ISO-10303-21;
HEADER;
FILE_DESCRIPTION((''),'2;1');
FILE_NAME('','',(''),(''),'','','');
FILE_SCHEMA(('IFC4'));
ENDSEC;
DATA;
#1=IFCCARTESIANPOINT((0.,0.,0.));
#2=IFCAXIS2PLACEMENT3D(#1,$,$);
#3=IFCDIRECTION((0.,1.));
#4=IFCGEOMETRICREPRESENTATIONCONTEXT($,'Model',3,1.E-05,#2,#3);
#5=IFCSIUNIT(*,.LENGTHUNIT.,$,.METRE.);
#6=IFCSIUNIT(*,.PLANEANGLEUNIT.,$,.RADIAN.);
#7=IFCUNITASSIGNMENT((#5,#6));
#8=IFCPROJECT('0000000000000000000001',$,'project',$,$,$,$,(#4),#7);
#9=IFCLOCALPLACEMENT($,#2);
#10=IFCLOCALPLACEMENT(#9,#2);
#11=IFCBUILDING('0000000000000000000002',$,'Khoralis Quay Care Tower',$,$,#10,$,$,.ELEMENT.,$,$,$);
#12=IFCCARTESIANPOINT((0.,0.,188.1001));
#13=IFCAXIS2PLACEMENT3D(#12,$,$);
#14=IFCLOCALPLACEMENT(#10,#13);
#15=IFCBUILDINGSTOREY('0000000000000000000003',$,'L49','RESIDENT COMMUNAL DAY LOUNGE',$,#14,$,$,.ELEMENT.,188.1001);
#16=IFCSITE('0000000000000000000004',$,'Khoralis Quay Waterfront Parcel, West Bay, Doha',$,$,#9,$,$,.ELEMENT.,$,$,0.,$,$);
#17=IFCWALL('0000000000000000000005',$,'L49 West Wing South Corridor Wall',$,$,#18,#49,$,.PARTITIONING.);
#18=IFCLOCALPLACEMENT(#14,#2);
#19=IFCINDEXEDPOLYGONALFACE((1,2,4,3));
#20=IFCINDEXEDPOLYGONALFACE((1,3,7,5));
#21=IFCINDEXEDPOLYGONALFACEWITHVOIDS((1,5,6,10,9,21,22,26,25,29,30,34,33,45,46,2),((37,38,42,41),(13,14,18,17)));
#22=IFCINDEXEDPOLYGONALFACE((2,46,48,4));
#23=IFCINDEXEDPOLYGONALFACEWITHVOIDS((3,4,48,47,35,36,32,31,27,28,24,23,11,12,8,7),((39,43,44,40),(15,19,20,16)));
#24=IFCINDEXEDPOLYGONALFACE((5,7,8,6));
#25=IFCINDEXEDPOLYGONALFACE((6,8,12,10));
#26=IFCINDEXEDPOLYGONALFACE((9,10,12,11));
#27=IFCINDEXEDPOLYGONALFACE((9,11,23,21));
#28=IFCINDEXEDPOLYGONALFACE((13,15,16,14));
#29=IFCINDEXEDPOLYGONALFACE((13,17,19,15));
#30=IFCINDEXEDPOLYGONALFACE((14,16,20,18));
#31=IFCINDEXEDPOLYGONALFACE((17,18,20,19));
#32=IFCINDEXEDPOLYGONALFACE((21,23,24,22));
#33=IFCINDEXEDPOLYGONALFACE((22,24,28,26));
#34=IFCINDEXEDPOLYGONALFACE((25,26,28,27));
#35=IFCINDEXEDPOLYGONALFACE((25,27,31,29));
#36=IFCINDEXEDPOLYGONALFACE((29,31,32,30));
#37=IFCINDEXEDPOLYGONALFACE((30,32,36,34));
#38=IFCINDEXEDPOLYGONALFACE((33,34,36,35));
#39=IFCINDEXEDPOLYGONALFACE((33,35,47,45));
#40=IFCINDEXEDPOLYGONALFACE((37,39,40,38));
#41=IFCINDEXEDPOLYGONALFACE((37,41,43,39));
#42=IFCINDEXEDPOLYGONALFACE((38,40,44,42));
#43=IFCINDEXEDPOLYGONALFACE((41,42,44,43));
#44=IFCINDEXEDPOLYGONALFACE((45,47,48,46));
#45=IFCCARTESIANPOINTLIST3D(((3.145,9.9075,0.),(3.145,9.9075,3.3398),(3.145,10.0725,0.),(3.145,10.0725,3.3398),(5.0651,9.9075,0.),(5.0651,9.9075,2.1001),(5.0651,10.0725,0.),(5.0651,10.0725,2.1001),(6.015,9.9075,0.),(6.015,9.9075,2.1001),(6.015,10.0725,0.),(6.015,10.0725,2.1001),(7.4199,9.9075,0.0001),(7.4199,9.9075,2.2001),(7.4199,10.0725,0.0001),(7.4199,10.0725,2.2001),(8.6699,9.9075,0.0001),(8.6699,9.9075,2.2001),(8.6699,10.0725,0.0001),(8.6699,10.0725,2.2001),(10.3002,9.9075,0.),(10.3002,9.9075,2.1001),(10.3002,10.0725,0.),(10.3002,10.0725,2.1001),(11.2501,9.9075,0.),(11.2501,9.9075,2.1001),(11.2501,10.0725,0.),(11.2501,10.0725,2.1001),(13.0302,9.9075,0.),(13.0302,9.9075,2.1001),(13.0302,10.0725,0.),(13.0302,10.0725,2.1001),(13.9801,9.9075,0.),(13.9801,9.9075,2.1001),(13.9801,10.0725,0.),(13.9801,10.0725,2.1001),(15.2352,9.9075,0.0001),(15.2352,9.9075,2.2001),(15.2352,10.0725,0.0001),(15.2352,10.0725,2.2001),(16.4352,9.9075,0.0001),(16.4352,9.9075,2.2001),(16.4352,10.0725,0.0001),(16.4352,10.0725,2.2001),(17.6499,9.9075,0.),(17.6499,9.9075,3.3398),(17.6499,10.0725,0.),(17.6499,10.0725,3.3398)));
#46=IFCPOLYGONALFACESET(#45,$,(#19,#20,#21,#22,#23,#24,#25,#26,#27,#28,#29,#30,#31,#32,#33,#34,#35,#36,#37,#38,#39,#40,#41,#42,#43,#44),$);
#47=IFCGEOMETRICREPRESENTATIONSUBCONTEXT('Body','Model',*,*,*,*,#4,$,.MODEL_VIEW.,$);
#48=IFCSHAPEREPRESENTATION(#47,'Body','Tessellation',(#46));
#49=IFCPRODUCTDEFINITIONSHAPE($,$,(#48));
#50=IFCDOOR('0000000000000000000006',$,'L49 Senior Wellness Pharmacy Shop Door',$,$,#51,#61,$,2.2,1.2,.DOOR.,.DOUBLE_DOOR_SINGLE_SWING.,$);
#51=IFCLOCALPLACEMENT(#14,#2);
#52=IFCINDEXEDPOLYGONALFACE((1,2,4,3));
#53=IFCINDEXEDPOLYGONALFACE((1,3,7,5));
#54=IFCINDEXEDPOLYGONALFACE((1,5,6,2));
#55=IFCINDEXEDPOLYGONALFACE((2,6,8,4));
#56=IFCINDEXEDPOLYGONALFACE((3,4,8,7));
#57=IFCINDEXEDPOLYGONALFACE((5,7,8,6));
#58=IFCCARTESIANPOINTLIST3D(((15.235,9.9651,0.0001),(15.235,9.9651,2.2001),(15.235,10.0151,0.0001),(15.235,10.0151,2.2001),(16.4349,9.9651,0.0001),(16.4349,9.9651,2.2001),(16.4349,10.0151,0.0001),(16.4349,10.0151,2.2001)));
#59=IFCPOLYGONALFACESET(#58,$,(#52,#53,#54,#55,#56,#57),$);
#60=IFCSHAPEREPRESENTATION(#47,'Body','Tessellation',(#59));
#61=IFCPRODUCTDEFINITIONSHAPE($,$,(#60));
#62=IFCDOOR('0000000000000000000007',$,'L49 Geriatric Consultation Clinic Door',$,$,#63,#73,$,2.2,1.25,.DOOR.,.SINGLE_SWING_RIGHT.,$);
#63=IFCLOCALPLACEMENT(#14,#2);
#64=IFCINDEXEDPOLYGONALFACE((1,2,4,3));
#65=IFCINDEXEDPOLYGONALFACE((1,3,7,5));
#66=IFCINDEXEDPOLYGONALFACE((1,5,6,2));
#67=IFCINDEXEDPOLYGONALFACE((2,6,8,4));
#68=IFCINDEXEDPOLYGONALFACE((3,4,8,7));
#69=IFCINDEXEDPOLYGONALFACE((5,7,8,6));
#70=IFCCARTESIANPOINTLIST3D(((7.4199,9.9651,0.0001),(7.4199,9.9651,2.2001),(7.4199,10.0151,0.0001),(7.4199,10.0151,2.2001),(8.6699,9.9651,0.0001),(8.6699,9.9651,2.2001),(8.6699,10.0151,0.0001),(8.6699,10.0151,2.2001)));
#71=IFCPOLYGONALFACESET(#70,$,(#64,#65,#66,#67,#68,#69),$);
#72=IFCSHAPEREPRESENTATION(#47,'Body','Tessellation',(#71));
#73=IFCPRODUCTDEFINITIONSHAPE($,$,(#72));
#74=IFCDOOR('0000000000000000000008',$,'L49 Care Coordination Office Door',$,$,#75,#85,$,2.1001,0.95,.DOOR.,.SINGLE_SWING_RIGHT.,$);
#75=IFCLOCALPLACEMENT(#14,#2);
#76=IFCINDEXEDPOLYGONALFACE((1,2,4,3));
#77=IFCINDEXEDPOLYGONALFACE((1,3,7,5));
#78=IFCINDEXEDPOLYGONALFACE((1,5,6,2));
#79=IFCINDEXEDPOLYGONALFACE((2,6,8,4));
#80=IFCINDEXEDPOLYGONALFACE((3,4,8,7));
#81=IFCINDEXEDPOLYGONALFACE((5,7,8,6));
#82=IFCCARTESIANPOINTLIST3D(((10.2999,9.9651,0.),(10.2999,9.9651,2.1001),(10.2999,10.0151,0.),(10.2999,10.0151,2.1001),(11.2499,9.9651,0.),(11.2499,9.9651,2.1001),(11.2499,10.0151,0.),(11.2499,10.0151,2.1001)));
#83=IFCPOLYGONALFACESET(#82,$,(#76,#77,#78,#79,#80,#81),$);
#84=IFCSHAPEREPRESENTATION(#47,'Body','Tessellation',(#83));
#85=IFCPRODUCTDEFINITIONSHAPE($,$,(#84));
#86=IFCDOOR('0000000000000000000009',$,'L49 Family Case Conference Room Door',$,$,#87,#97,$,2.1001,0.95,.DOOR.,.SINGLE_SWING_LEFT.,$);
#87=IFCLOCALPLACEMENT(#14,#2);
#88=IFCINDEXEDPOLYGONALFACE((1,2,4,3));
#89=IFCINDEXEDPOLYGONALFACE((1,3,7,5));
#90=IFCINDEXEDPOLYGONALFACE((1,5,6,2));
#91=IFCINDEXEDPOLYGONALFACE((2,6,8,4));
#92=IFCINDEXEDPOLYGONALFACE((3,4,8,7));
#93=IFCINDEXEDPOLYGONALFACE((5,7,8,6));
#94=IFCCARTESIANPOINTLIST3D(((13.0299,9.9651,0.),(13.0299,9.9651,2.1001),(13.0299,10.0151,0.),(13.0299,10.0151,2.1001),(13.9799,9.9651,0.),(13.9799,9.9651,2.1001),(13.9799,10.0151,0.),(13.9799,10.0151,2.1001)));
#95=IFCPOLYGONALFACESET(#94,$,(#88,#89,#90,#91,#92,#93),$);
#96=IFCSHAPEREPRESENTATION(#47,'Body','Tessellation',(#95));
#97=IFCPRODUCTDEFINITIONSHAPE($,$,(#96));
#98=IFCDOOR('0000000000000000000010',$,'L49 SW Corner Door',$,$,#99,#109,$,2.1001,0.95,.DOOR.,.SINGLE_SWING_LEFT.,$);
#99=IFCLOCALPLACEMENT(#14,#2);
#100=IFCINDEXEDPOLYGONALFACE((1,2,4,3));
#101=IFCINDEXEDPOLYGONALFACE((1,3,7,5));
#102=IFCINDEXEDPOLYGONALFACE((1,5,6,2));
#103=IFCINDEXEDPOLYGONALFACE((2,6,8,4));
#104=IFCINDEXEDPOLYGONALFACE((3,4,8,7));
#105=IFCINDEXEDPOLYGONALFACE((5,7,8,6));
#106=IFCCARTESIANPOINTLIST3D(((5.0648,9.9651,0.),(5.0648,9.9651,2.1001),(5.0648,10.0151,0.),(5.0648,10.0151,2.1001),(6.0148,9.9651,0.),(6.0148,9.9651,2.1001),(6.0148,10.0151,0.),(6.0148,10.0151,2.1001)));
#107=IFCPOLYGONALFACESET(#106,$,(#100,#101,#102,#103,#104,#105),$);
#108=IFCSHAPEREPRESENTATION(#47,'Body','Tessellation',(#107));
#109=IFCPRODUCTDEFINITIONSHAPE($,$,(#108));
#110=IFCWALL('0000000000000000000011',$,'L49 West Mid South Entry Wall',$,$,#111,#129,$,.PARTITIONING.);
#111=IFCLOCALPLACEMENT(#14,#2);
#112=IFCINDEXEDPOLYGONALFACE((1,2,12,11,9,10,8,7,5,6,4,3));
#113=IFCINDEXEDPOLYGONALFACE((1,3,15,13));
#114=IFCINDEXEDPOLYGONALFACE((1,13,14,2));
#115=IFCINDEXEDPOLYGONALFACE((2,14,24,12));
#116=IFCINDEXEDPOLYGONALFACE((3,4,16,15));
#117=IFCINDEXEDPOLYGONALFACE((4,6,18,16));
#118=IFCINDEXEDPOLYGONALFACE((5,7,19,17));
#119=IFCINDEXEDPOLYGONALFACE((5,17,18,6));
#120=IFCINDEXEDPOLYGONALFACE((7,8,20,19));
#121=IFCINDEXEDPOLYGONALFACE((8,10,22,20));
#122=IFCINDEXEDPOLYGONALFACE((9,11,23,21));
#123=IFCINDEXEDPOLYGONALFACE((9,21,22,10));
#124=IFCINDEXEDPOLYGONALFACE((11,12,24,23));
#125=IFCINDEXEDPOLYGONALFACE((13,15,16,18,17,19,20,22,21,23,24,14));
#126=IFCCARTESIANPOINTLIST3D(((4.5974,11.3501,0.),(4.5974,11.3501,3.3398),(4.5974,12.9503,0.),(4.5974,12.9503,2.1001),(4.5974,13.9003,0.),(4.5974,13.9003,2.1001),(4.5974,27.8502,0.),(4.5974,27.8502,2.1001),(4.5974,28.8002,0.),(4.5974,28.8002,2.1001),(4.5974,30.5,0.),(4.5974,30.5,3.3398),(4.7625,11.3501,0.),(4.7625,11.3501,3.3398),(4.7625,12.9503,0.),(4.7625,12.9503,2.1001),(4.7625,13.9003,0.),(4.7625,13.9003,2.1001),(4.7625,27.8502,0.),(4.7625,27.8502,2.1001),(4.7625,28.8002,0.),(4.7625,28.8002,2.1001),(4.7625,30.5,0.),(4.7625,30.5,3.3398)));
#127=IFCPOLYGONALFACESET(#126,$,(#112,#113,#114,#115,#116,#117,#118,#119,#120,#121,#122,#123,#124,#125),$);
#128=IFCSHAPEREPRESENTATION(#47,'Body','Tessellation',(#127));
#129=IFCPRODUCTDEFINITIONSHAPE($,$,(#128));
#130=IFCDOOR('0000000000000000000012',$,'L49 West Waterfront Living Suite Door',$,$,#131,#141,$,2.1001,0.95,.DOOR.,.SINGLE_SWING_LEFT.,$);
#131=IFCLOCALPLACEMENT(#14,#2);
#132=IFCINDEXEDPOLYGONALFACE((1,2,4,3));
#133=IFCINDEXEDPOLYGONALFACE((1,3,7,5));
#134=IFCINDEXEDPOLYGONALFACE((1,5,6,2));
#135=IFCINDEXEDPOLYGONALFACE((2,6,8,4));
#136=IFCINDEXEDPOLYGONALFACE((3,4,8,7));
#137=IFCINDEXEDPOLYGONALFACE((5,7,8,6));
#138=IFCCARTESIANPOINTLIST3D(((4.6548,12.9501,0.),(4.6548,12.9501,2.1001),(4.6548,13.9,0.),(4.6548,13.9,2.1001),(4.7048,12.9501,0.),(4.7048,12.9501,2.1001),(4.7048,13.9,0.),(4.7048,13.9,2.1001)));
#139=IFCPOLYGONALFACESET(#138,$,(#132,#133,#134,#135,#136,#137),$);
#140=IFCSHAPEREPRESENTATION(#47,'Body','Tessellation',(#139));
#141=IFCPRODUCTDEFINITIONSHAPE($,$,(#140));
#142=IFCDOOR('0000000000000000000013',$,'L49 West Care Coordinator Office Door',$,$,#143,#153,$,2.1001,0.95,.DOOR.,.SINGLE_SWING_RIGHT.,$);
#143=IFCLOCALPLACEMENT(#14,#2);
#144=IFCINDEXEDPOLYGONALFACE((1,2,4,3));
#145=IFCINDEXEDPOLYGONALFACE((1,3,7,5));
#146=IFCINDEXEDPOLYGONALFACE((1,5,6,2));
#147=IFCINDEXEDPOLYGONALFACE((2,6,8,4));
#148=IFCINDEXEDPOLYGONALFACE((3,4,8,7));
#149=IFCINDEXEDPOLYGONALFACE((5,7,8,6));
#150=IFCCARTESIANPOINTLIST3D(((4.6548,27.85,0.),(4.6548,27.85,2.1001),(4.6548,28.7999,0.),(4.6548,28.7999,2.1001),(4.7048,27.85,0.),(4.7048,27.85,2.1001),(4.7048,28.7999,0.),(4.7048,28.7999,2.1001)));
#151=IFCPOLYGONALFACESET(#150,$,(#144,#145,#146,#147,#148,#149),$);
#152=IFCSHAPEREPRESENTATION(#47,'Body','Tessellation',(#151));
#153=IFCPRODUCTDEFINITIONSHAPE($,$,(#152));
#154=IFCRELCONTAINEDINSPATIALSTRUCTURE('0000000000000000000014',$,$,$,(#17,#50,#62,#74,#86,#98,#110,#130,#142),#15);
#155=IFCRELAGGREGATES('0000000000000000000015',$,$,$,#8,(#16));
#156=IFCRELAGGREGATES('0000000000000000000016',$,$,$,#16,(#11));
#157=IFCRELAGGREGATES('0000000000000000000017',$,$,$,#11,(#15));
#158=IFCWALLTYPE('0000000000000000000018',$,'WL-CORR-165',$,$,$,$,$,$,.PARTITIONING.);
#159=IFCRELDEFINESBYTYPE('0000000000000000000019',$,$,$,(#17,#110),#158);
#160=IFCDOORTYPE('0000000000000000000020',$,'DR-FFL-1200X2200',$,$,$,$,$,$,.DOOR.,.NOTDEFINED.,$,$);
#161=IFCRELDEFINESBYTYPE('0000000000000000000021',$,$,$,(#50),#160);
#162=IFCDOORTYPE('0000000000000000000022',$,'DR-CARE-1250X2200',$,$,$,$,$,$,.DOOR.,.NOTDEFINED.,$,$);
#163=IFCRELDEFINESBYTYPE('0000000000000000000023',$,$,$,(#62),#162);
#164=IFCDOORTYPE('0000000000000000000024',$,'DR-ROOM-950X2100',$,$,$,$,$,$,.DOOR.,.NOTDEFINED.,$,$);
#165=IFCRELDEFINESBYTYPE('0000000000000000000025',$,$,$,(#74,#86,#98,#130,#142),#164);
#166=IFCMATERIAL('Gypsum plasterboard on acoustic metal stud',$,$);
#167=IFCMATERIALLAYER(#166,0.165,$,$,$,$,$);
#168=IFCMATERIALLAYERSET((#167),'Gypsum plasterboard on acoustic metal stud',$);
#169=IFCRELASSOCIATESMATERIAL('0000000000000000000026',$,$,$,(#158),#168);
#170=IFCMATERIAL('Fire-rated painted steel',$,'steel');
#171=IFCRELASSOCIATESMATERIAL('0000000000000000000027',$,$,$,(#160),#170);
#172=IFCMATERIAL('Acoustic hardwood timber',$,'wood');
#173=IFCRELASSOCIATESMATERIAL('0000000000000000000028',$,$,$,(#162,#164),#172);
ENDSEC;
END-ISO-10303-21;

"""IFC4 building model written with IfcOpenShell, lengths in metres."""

from ifc_helpers import new_model, si_unit, direction, frame, frame_2d, origin, place, context, subcontext, project, spatial, rectangle, extrude, source, transform, mapped, material, layer, layer_set, type_object, element, fill, save


model = new_model("IFC4")

# Units and contexts
model_context = context("Model", 3, precision=1e-05, world=origin(), true_north=direction((0.0, 1.0)))
body_context = subcontext(model_context, "Body", "Model", "MODEL_VIEW")
ifc_project = project(units=[si_unit("LENGTHUNIT", "METRE"), si_unit("PLANEANGLEUNIT", "RADIAN")], contexts=[model_context])

# Site, building, storey
site_placement = place(None, origin())
site = spatial("IfcSite", under=ifc_project, at=site_placement, Name="Khoralis Quay Waterfront Parcel, West Bay, Doha", CompositionType="ELEMENT", RefElevation=0.0)
building_placement = place(site_placement, origin())
building = spatial("IfcBuilding", under=site, at=building_placement, Name="Khoralis Quay Care Tower", CompositionType="ELEMENT")
storey_placement = place(building_placement, frame((0.0, 0.0, 188.1001)))
storey = spatial("IfcBuildingStorey", under=building, at=storey_placement, Name="L49", Description="RESIDENT COMMUNAL DAY LOUNGE", CompositionType="ELEMENT", Elevation=188.1001)

# Walls, openings, doors
ifc_material_1 = material(Name="Gypsum plasterboard on acoustic metal stud")
ifc_layer_1 = layer(ifc_material_1, 0.165)
ifc_layer_set_1 = layer_set([ifc_layer_1], Name="Gypsum plasterboard on acoustic metal stud")
wall_type_1 = type_object("IfcWallType", Name="WL-CORR-165", PredefinedType="PARTITIONING", material=ifc_layer_set_1)
wall_1_placement = place(storey_placement, frame((3.145, 9.99, 0.0), z_axis=(0.0, 0.0, 1.0), x_axis=(1.0, 0.0, 0.0)))
wall_1 = element("IfcWall", 1, at=wall_1_placement, inside=storey, type_object=wall_type_1, Name="L49 West Wing South Corridor Wall", PredefinedType="PARTITIONING", context=body_context, shape_type="SweptSolid", body=[
    extrude(rectangle(XDim=14.5049, YDim=0.165, at=frame_2d((7.2524, 0.0))), origin(), (0.0, 0.0, 1.0), 3.3398),
])
opening_1_placement = place(wall_1_placement, frame((4.2749, 0.0, 0.0)))
opening_1 = element("IfcOpeningElement", 2, at=opening_1_placement, cuts=wall_1, PredefinedType="OPENING", context=body_context, shape_type="SweptSolid", body=[
    extrude(rectangle(XDim=1.25, YDim=2.2, at=frame_2d((0.625, 1.1001))), frame((0.0, 0.0925, 0.0), z_axis=(0.0, -1.0, 0.0), x_axis=(1.0, 0.0, 0.0)), (0.0, 0.0, 1.0), 0.1851),
])
opening_2_placement = place(wall_1_placement, frame((7.155, 0.0, 0.0)))
opening_2 = element("IfcOpeningElement", 3, at=opening_2_placement, cuts=wall_1, PredefinedType="OPENING", context=body_context, shape_type="SweptSolid", body=[
    extrude(rectangle(XDim=0.95, YDim=2.1001, at=frame_2d((0.4751, 1.05))), frame((0.0, 0.0925, 0.0), z_axis=(0.0, -1.0, 0.0), x_axis=(1.0, 0.0, 0.0)), (0.0, 0.0, 1.0), 0.1851),
])
opening_3_placement = place(wall_1_placement, frame((9.885, 0.0, 0.0)))
opening_3 = element("IfcOpeningElement", 4, at=opening_3_placement, cuts=wall_1, PredefinedType="OPENING", context=body_context, shape_type="SweptSolid", body=[
    extrude(rectangle(XDim=0.95, YDim=2.1001, at=frame_2d((0.4751, 1.05))), frame((0.0, 0.0925, 0.0), z_axis=(0.0, -1.0, 0.0), x_axis=(1.0, 0.0, 0.0)), (0.0, 0.0, 1.0), 0.1851),
])
opening_4_placement = place(wall_1_placement, frame((12.0901, 0.0, 0.0)))
opening_4 = element("IfcOpeningElement", 5, at=opening_4_placement, cuts=wall_1, PredefinedType="OPENING", context=body_context, shape_type="SweptSolid", body=[
    extrude(rectangle(XDim=1.2, YDim=2.2, at=frame_2d((0.6001, 1.1001))), frame((0.0, 0.0925, 0.0), z_axis=(0.0, -1.0, 0.0), x_axis=(1.0, 0.0, 0.0)), (0.0, 0.0, 1.0), 0.1851),
])
opening_5_placement = place(wall_1_placement, frame((1.9199, 0.0, 0.0)))
opening_5 = element("IfcOpeningElement", 6, at=opening_5_placement, cuts=wall_1, PredefinedType="OPENING", context=body_context, shape_type="SweptSolid", body=[
    extrude(rectangle(XDim=0.95, YDim=2.1001, at=frame_2d((0.4751, 1.05))), frame((0.0, 0.0925, 0.0), z_axis=(0.0, -1.0, 0.0), x_axis=(1.0, 0.0, 0.0)), (0.0, 0.0, 1.0), 0.1851),
])
ifc_material_2 = material(Name="Fire-rated painted steel", Category="steel")
door_type_1 = type_object("IfcDoorType", Name="DR-FFL-1200X2200", OperationType="NOTDEFINED", PredefinedType="DOOR", material=ifc_material_2)
shared_shape_1 = source(origin(), body_context, "Body", "SweptSolid", [
    extrude(rectangle(XDim=1.2, YDim=2.2, at=frame_2d((0.6001, 1.1001))), frame((0.0, 0.0249, 0.0), z_axis=(0.0, -1.0, 0.0), x_axis=(1.0, 0.0, 0.0)), (0.0, 0.0, 1.0), 0.05),
])
door_1_placement = place(opening_4_placement, frame((1.2, 0.0, 0.0), z_axis=(0.0, 0.0, 1.0), x_axis=(-1.0, 0.0, 0.0)))
door_1 = element("IfcDoor", 7, at=door_1_placement, inside=storey, type_object=door_type_1, Name="L49 Senior Wellness Pharmacy Shop Door", OperationType="DOUBLE_DOOR_SINGLE_SWING", OverallHeight=2.2, OverallWidth=1.2, PredefinedType="DOOR", context=body_context, shape_type="MappedRepresentation", body=[
    mapped(shared_shape_1, transform((0.0, 0.0, 0.0), scale=1.0)),
])
fill(opening_4, door_1)
ifc_material_3 = material(Name="Acoustic hardwood timber", Category="wood")
door_type_2 = type_object("IfcDoorType", Name="DR-CARE-1250X2200", OperationType="NOTDEFINED", PredefinedType="DOOR", material=ifc_material_3)
shared_shape_2 = source(origin(), body_context, "Body", "SweptSolid", [
    extrude(rectangle(XDim=1.25, YDim=2.2, at=frame_2d((0.625, 1.1001))), frame((0.0, 0.0249, 0.0), z_axis=(0.0, -1.0, 0.0), x_axis=(1.0, 0.0, 0.0)), (0.0, 0.0, 1.0), 0.05),
])
door_2_placement = place(opening_1_placement, frame((1.25, 0.0, 0.0), z_axis=(0.0, 0.0, 1.0), x_axis=(-1.0, 0.0, 0.0)))
door_2 = element("IfcDoor", 8, at=door_2_placement, inside=storey, type_object=door_type_2, Name="L49 Geriatric Consultation Clinic Door", OperationType="SINGLE_SWING_RIGHT", OverallHeight=2.2, OverallWidth=1.25, PredefinedType="DOOR", context=body_context, shape_type="MappedRepresentation", body=[
    mapped(shared_shape_2, transform((0.0, 0.0, 0.0), scale=1.0)),
])
fill(opening_1, door_2)
door_type_3 = type_object("IfcDoorType", Name="DR-ROOM-950X2100", OperationType="NOTDEFINED", PredefinedType="DOOR", material=ifc_material_3)
shared_shape_3 = source(origin(), body_context, "Body", "SweptSolid", [
    extrude(rectangle(XDim=0.95, YDim=2.1001, at=frame_2d((0.4751, 1.05))), frame((0.0, 0.0249, 0.0), z_axis=(0.0, -1.0, 0.0), x_axis=(1.0, 0.0, 0.0)), (0.0, 0.0, 1.0), 0.05),
])
door_3_placement = place(opening_2_placement, frame((0.95, 0.0, 0.0), z_axis=(0.0, 0.0, 1.0), x_axis=(-1.0, 0.0, 0.0)))
door_3 = element("IfcDoor", 9, at=door_3_placement, inside=storey, type_object=door_type_3, Name="L49 Care Coordination Office Door", OperationType="SINGLE_SWING_RIGHT", OverallHeight=2.1001, OverallWidth=0.95, PredefinedType="DOOR", context=body_context, shape_type="MappedRepresentation", body=[
    mapped(shared_shape_3, transform((0.0, 0.0, 0.0), scale=1.0)),
])
fill(opening_2, door_3)
door_4_placement = place(opening_3_placement, frame((0.95, 0.0, 0.0), z_axis=(0.0, 0.0, 1.0), x_axis=(-1.0, 0.0, 0.0)))
door_4 = element("IfcDoor", 10, at=door_4_placement, inside=storey, type_object=door_type_3, Name="L49 Family Case Conference Room Door", OperationType="SINGLE_SWING_LEFT", OverallHeight=2.1001, OverallWidth=0.95, PredefinedType="DOOR", context=body_context, shape_type="MappedRepresentation", body=[
    mapped(shared_shape_3, transform((0.0, 0.0, 0.0), scale=1.0)),
])
fill(opening_3, door_4)
door_5_placement = place(opening_5_placement, frame((0.95, 0.0, 0.0), z_axis=(0.0, 0.0, 1.0), x_axis=(-1.0, 0.0, 0.0)))
door_5 = element("IfcDoor", 11, at=door_5_placement, inside=storey, type_object=door_type_3, Name="L49 SW Corner Door", OperationType="SINGLE_SWING_LEFT", OverallHeight=2.1001, OverallWidth=0.95, PredefinedType="DOOR", context=body_context, shape_type="MappedRepresentation", body=[
    mapped(shared_shape_3, transform((0.0, 0.0, 0.0), scale=1.0)),
])
fill(opening_5, door_5)
wall_2_placement = place(storey_placement, frame((4.6799, 11.3501, 0.0), z_axis=(0.0, 0.0, 1.0), x_axis=(0.0, 1.0, 0.0)))
wall_2 = element("IfcWall", 12, at=wall_2_placement, inside=storey, type_object=wall_type_1, Name="L49 West Mid South Entry Wall", PredefinedType="PARTITIONING", context=body_context, shape_type="SweptSolid", body=[
    extrude(rectangle(XDim=19.1499, YDim=0.165, at=frame_2d((9.575, 0.0))), origin(), (0.0, 0.0, 1.0), 3.3398),
])
opening_6_placement = place(wall_2_placement, frame((1.6001, 0.0, 0.0)))
opening_6 = element("IfcOpeningElement", 13, at=opening_6_placement, cuts=wall_2, PredefinedType="OPENING", context=body_context, shape_type="SweptSolid", body=[
    extrude(rectangle(XDim=0.95, YDim=2.1001, at=frame_2d((0.4751, 1.05))), frame((0.0, 0.0925, 0.0), z_axis=(0.0, -1.0, 0.0), x_axis=(1.0, 0.0, 0.0)), (0.0, 0.0, 1.0), 0.1851),
])
opening_7_placement = place(wall_2_placement, frame((16.5, 0.0, 0.0)))
opening_7 = element("IfcOpeningElement", 14, at=opening_7_placement, cuts=wall_2, PredefinedType="OPENING", context=body_context, shape_type="SweptSolid", body=[
    extrude(rectangle(XDim=0.95, YDim=2.1001, at=frame_2d((0.4751, 1.05))), frame((0.0, 0.0925, 0.0), z_axis=(0.0, -1.0, 0.0), x_axis=(1.0, 0.0, 0.0)), (0.0, 0.0, 1.0), 0.1851),
])
door_6_placement = place(opening_6_placement, frame((0.95, 0.0, 0.0), z_axis=(0.0, 0.0, 1.0), x_axis=(-1.0, 0.0, 0.0)))
door_6 = element("IfcDoor", 15, at=door_6_placement, inside=storey, type_object=door_type_3, Name="L49 West Waterfront Living Suite Door", OperationType="SINGLE_SWING_LEFT", OverallHeight=2.1001, OverallWidth=0.95, PredefinedType="DOOR", context=body_context, shape_type="MappedRepresentation", body=[
    mapped(shared_shape_3, transform((0.0, 0.0, 0.0), scale=1.0)),
])
fill(opening_6, door_6)
door_7_placement = place(opening_7_placement, frame((0.95, 0.0, 0.0), z_axis=(0.0, 0.0, 1.0), x_axis=(-1.0, 0.0, 0.0)))
door_7 = element("IfcDoor", 16, at=door_7_placement, inside=storey, type_object=door_type_3, Name="L49 West Care Coordinator Office Door", OperationType="SINGLE_SWING_RIGHT", OverallHeight=2.1001, OverallWidth=0.95, PredefinedType="DOOR", context=body_context, shape_type="MappedRepresentation", body=[
    mapped(shared_shape_3, transform((0.0, 0.0, 0.0), scale=1.0)),
])
fill(opening_7, door_7)

save(model, "model.ifc")
